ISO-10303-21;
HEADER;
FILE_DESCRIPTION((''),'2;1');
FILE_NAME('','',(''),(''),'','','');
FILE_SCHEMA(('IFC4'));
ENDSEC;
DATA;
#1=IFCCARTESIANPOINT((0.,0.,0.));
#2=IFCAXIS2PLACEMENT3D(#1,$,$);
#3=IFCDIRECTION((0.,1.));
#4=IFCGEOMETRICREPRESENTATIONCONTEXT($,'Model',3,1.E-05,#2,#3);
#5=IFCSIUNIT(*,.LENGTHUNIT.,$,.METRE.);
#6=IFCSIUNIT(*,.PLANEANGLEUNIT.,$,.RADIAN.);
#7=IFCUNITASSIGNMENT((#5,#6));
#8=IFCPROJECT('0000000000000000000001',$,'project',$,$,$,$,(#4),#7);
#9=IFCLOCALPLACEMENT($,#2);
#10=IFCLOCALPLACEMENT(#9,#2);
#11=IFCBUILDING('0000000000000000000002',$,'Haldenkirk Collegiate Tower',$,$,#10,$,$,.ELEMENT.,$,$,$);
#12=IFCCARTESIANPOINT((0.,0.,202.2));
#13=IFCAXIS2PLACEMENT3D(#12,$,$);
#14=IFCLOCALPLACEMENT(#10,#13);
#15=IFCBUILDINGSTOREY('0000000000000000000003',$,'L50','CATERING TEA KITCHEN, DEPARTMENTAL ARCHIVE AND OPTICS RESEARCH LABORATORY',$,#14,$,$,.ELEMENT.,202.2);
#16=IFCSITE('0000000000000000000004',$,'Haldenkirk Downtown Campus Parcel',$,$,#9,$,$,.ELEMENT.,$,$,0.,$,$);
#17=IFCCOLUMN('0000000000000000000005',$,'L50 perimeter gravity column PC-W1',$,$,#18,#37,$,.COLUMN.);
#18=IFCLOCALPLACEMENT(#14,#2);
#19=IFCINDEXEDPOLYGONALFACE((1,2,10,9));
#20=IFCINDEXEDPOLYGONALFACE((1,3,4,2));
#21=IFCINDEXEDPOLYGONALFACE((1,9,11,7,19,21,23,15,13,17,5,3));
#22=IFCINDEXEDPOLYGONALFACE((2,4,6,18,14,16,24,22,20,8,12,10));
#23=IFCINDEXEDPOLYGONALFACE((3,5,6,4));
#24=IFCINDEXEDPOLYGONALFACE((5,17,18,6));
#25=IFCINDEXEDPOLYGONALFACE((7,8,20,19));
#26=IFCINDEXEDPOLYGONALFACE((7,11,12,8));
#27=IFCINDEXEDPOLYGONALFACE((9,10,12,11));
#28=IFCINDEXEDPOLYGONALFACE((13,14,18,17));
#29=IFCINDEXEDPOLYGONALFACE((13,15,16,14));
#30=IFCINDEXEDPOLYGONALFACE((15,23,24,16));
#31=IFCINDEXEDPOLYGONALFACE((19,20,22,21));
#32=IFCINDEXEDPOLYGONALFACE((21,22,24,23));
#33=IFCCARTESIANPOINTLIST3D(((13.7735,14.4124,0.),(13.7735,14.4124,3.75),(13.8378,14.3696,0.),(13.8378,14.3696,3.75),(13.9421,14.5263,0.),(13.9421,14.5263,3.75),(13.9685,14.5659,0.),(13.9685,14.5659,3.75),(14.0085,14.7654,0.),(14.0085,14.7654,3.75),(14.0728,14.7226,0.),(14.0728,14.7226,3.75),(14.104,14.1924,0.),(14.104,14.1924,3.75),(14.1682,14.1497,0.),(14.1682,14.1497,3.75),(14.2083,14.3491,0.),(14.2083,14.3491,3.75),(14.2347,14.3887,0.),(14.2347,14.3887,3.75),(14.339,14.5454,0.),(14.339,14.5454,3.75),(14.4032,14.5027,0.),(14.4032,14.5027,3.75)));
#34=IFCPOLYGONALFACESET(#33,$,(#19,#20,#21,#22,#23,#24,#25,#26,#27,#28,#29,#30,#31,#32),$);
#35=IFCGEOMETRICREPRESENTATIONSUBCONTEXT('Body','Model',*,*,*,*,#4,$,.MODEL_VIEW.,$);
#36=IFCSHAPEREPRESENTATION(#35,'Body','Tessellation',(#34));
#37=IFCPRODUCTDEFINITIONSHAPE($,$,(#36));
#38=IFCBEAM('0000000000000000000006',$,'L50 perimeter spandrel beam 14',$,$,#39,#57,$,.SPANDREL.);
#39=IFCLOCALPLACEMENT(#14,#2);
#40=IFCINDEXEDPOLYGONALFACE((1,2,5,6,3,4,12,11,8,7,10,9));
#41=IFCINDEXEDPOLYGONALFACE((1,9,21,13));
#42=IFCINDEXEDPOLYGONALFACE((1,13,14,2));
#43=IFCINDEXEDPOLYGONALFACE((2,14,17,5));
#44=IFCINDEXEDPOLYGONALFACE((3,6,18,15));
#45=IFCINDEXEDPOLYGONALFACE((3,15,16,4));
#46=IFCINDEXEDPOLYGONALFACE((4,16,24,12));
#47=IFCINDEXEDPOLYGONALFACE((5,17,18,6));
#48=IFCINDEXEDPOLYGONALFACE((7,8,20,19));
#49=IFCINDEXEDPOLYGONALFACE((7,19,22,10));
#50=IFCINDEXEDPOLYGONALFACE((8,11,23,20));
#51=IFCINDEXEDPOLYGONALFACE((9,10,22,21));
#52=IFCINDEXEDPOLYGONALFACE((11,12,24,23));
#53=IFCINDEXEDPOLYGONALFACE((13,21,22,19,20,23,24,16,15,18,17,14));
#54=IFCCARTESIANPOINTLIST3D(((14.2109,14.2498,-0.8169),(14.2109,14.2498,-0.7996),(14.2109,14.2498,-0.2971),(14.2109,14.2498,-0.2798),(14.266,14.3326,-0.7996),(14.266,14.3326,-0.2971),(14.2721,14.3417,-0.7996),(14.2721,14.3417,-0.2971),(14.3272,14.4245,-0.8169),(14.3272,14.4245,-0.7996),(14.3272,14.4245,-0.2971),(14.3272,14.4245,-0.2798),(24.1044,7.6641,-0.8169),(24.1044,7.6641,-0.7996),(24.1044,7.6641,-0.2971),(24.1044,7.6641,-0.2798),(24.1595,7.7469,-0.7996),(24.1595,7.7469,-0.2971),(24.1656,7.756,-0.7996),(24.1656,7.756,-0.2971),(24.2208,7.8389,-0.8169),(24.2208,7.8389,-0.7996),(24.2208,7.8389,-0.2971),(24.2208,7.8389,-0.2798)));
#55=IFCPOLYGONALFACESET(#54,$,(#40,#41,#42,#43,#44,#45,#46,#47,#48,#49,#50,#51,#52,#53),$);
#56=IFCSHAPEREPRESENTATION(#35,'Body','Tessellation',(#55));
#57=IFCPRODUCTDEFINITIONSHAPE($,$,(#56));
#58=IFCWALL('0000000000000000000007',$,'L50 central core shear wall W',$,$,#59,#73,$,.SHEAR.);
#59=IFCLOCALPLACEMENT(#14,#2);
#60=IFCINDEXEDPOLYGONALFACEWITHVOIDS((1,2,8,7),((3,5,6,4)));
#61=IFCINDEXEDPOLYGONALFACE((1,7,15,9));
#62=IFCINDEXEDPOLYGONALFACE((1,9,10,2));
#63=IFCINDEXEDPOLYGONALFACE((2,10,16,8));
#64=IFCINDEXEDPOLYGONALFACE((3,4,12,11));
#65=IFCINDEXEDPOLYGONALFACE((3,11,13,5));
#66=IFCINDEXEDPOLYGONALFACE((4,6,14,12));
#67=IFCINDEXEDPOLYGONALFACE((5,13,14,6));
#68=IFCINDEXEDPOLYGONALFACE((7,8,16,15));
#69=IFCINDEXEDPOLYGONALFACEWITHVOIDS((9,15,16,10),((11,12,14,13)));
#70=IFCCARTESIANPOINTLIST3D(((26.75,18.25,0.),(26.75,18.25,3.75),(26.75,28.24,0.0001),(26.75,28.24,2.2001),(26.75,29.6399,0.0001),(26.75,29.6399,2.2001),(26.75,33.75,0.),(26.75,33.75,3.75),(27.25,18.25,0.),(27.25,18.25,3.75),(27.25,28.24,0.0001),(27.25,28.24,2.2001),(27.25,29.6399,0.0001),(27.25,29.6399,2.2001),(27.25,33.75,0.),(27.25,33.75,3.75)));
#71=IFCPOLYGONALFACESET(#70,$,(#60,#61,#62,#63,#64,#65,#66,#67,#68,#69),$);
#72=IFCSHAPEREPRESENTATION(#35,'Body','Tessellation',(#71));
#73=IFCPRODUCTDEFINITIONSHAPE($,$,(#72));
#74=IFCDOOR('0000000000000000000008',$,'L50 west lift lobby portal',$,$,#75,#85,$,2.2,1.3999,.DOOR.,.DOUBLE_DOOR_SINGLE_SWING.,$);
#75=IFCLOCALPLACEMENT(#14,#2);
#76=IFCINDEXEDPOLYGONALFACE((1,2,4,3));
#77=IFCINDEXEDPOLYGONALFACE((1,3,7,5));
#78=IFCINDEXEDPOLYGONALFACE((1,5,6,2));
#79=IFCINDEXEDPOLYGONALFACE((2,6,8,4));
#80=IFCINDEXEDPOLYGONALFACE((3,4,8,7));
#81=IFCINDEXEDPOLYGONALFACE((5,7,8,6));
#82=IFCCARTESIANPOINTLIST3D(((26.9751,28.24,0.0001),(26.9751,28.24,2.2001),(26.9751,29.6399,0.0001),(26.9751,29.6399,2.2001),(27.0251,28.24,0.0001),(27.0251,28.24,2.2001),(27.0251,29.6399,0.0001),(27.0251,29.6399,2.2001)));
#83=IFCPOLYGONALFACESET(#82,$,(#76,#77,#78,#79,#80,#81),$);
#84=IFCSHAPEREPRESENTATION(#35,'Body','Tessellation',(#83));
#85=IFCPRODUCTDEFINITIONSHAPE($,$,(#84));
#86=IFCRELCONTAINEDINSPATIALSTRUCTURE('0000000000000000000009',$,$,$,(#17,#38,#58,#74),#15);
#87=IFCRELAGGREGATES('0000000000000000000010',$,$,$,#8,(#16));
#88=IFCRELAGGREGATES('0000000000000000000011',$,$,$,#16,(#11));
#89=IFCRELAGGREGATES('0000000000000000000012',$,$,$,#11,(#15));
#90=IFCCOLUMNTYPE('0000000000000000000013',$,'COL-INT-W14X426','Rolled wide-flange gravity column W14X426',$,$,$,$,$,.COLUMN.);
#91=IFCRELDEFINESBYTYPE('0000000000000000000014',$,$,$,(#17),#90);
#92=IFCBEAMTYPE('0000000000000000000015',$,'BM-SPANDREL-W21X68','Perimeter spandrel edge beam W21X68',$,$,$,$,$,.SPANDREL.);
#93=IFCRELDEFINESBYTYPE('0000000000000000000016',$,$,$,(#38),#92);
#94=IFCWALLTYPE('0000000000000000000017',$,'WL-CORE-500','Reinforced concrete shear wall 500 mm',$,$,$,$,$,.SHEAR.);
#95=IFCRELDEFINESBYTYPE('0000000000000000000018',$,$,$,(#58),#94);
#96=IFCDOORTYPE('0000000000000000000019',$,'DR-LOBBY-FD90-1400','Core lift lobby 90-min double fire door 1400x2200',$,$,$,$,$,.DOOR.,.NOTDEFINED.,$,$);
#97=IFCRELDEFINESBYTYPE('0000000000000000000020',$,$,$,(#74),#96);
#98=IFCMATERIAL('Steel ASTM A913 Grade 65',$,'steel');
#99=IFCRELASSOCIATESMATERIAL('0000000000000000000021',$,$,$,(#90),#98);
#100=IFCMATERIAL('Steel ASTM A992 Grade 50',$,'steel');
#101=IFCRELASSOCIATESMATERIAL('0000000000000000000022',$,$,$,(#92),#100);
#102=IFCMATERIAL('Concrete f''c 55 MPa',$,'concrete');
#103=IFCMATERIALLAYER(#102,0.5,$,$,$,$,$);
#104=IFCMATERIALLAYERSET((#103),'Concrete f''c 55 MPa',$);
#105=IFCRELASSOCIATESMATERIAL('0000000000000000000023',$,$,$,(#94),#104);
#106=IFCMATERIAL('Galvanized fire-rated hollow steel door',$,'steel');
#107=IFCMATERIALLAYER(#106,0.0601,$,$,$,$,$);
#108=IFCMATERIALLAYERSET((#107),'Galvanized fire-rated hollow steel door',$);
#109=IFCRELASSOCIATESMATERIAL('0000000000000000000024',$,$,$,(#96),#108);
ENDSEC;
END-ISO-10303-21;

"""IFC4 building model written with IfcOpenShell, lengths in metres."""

from ifc_helpers import new_model, si_unit, direction, frame, frame_2d, origin, origin_2d, place, context, subcontext, project, spatial, rectangle, i_section, extrude, material, layer, layer_set, material_profile, profile_set, type_object, element, fill, save


model = new_model("IFC4")

# Units and contexts
model_context = context("Model", 3, precision=1e-05, world=origin(), true_north=direction((0.0, 1.0)))
body_context = subcontext(model_context, "Body", "Model", "MODEL_VIEW")
ifc_project = project(units=[si_unit("LENGTHUNIT", "METRE"), si_unit("PLANEANGLEUNIT", "RADIAN")], contexts=[model_context])

# Site, building, storey
site_placement = place(None, origin())
site = spatial("IfcSite", under=ifc_project, at=site_placement, Name="Haldenkirk Downtown Campus Parcel", CompositionType="ELEMENT", RefElevation=0.0)
building_placement = place(site_placement, origin())
building = spatial("IfcBuilding", under=site, at=building_placement, Name="Haldenkirk Collegiate Tower", CompositionType="ELEMENT")
storey_placement = place(building_placement, frame((0.0, 0.0, 202.2)))
storey = spatial("IfcBuildingStorey", under=building, at=storey_placement, Name="L50", Description="CATERING TEA KITCHEN, DEPARTMENTAL ARCHIVE AND OPTICS RESEARCH LABORATORY", CompositionType="ELEMENT", Elevation=202.2)

# Column
ifc_material_1 = material(Name="Steel ASTM A913 Grade 65", Category="steel")
ifc_material_profile_1 = material_profile(ifc_material_1, i_section(OverallWidth=0.4241, OverallDepth=0.4741, WebThickness=0.0476, FlangeThickness=0.0771, at=origin_2d()), Name="W14X426")
ifc_profile_set_1 = profile_set([ifc_material_profile_1], Name="Steel ASTM A913 Grade 65")
column_type = type_object("IfcColumnType", Name="COL-INT-W14X426", Description="Rolled wide-flange gravity column W14X426", PredefinedType="COLUMN", material=ifc_profile_set_1)
column_placement = place(storey_placement, frame((14.0884, 14.4575, 0.0), z_axis=(0.0, 0.0, 1.0), x_axis=(0.554118, 0.832438, 0.0)))
element("IfcColumn", 1, at=column_placement, inside=storey, type_object=column_type, Name="L50 perimeter gravity column PC-W1", PredefinedType="COLUMN", context=body_context, shape_type="SweptSolid", body=[
    extrude(i_section(OverallWidth=0.4241, OverallDepth=0.4741, WebThickness=0.0476, FlangeThickness=0.0771, at=origin_2d()), origin(), (0.0, 0.0, 1.0), 3.75),
])

# Beam
ifc_material_2 = material(Name="Steel ASTM A992 Grade 50", Category="steel")
ifc_material_profile_2 = material_profile(ifc_material_2, i_section(OverallWidth=0.21, OverallDepth=0.5371, WebThickness=0.011, FlangeThickness=0.0173, at=origin_2d()), Name="W21X68")
ifc_profile_set_2 = profile_set([ifc_material_profile_2], Name="Steel ASTM A992 Grade 50")
beam_type = type_object("IfcBeamType", Name="BM-SPANDREL-W21X68", Description="Perimeter spandrel edge beam W21X68", PredefinedType="SPANDREL", material=ifc_profile_set_2)
beam_placement = place(storey_placement, frame((14.269, 14.3372, -0.5483), z_axis=(0.832439, -0.554117, 0.0), x_axis=(0.554117, 0.832439, 0.0)))
element("IfcBeam", 2, at=beam_placement, inside=storey, type_object=beam_type, Name="L50 perimeter spandrel beam 14", PredefinedType="SPANDREL", context=body_context, shape_type="SweptSolid", body=[
    extrude(i_section(OverallWidth=0.21, OverallDepth=0.5371, WebThickness=0.011, FlangeThickness=0.0173, at=origin_2d()), origin(), (0.0, 0.0, 1.0), 11.885),
])

# Shared definitions
ifc_material_3 = material(Name="Concrete f'c 55 MPa", Category="concrete")
ifc_layer_1 = layer(ifc_material_3, 0.5)
ifc_layer_set_1 = layer_set([ifc_layer_1], Name="Concrete f'c 55 MPa")
wall_type_1 = type_object("IfcWallType", Name="WL-CORE-500", Description="Reinforced concrete shear wall 500 mm", PredefinedType="SHEAR", material=ifc_layer_set_1)
ifc_material_4 = material(Name="Galvanized fire-rated hollow steel door", Category="steel")

# Wall, opening, door
wall_1_placement = place(storey_placement, frame((27.0, 18.25, 0.0), z_axis=(0.0, 0.0, 1.0), x_axis=(0.0, 1.0, 0.0)))
wall_1 = element("IfcWall", 3, at=wall_1_placement, inside=storey, type_object=wall_type_1, Name="L50 central core shear wall W", PredefinedType="SHEAR", context=body_context, shape_type="SweptSolid", body=[
    extrude(rectangle(XDim=15.5, YDim=0.5, at=frame_2d((7.75, 0.0))), origin(), (0.0, 0.0, 1.0), 3.75),
])
opening_1_placement = place(wall_1_placement, frame((9.99, 0.0, 0.0)))
opening_1 = element("IfcOpeningElement", 4, at=opening_1_placement, cuts=wall_1, PredefinedType="OPENING", context=body_context, shape_type="SweptSolid", body=[
    extrude(rectangle(XDim=1.3999, YDim=2.2, at=frame_2d((0.7, 1.1001))), frame((0.0, 0.26, 0.0), z_axis=(0.0, -1.0, 0.0), x_axis=(1.0, 0.0, 0.0)), (0.0, 0.0, 1.0), 0.52),
])
ifc_layer_2 = layer(ifc_material_4, 0.0601)
ifc_layer_set_2 = layer_set([ifc_layer_2], Name="Galvanized fire-rated hollow steel door")
door_type_1 = type_object("IfcDoorType", Name="DR-LOBBY-FD90-1400", Description="Core lift lobby 90-min double fire door 1400x2200", OperationType="NOTDEFINED", PredefinedType="DOOR", material=ifc_layer_set_2)
door_1_placement = place(opening_1_placement, origin())
door_1 = element("IfcDoor", 5, at=door_1_placement, inside=storey, type_object=door_type_1, Name="L50 west lift lobby portal", OperationType="DOUBLE_DOOR_SINGLE_SWING", OverallHeight=2.2, OverallWidth=1.3999, PredefinedType="DOOR", context=body_context, shape_type="SweptSolid", body=[
    extrude(rectangle(XDim=1.3999, YDim=2.2, at=frame_2d((0.7, 1.1001))), frame((0.0, 0.0249, 0.0), z_axis=(0.0, -1.0, 0.0), x_axis=(1.0, 0.0, 0.0)), (0.0, 0.0, 1.0), 0.05),
])
fill(opening_1, door_1)

save(model, "model.ifc")
